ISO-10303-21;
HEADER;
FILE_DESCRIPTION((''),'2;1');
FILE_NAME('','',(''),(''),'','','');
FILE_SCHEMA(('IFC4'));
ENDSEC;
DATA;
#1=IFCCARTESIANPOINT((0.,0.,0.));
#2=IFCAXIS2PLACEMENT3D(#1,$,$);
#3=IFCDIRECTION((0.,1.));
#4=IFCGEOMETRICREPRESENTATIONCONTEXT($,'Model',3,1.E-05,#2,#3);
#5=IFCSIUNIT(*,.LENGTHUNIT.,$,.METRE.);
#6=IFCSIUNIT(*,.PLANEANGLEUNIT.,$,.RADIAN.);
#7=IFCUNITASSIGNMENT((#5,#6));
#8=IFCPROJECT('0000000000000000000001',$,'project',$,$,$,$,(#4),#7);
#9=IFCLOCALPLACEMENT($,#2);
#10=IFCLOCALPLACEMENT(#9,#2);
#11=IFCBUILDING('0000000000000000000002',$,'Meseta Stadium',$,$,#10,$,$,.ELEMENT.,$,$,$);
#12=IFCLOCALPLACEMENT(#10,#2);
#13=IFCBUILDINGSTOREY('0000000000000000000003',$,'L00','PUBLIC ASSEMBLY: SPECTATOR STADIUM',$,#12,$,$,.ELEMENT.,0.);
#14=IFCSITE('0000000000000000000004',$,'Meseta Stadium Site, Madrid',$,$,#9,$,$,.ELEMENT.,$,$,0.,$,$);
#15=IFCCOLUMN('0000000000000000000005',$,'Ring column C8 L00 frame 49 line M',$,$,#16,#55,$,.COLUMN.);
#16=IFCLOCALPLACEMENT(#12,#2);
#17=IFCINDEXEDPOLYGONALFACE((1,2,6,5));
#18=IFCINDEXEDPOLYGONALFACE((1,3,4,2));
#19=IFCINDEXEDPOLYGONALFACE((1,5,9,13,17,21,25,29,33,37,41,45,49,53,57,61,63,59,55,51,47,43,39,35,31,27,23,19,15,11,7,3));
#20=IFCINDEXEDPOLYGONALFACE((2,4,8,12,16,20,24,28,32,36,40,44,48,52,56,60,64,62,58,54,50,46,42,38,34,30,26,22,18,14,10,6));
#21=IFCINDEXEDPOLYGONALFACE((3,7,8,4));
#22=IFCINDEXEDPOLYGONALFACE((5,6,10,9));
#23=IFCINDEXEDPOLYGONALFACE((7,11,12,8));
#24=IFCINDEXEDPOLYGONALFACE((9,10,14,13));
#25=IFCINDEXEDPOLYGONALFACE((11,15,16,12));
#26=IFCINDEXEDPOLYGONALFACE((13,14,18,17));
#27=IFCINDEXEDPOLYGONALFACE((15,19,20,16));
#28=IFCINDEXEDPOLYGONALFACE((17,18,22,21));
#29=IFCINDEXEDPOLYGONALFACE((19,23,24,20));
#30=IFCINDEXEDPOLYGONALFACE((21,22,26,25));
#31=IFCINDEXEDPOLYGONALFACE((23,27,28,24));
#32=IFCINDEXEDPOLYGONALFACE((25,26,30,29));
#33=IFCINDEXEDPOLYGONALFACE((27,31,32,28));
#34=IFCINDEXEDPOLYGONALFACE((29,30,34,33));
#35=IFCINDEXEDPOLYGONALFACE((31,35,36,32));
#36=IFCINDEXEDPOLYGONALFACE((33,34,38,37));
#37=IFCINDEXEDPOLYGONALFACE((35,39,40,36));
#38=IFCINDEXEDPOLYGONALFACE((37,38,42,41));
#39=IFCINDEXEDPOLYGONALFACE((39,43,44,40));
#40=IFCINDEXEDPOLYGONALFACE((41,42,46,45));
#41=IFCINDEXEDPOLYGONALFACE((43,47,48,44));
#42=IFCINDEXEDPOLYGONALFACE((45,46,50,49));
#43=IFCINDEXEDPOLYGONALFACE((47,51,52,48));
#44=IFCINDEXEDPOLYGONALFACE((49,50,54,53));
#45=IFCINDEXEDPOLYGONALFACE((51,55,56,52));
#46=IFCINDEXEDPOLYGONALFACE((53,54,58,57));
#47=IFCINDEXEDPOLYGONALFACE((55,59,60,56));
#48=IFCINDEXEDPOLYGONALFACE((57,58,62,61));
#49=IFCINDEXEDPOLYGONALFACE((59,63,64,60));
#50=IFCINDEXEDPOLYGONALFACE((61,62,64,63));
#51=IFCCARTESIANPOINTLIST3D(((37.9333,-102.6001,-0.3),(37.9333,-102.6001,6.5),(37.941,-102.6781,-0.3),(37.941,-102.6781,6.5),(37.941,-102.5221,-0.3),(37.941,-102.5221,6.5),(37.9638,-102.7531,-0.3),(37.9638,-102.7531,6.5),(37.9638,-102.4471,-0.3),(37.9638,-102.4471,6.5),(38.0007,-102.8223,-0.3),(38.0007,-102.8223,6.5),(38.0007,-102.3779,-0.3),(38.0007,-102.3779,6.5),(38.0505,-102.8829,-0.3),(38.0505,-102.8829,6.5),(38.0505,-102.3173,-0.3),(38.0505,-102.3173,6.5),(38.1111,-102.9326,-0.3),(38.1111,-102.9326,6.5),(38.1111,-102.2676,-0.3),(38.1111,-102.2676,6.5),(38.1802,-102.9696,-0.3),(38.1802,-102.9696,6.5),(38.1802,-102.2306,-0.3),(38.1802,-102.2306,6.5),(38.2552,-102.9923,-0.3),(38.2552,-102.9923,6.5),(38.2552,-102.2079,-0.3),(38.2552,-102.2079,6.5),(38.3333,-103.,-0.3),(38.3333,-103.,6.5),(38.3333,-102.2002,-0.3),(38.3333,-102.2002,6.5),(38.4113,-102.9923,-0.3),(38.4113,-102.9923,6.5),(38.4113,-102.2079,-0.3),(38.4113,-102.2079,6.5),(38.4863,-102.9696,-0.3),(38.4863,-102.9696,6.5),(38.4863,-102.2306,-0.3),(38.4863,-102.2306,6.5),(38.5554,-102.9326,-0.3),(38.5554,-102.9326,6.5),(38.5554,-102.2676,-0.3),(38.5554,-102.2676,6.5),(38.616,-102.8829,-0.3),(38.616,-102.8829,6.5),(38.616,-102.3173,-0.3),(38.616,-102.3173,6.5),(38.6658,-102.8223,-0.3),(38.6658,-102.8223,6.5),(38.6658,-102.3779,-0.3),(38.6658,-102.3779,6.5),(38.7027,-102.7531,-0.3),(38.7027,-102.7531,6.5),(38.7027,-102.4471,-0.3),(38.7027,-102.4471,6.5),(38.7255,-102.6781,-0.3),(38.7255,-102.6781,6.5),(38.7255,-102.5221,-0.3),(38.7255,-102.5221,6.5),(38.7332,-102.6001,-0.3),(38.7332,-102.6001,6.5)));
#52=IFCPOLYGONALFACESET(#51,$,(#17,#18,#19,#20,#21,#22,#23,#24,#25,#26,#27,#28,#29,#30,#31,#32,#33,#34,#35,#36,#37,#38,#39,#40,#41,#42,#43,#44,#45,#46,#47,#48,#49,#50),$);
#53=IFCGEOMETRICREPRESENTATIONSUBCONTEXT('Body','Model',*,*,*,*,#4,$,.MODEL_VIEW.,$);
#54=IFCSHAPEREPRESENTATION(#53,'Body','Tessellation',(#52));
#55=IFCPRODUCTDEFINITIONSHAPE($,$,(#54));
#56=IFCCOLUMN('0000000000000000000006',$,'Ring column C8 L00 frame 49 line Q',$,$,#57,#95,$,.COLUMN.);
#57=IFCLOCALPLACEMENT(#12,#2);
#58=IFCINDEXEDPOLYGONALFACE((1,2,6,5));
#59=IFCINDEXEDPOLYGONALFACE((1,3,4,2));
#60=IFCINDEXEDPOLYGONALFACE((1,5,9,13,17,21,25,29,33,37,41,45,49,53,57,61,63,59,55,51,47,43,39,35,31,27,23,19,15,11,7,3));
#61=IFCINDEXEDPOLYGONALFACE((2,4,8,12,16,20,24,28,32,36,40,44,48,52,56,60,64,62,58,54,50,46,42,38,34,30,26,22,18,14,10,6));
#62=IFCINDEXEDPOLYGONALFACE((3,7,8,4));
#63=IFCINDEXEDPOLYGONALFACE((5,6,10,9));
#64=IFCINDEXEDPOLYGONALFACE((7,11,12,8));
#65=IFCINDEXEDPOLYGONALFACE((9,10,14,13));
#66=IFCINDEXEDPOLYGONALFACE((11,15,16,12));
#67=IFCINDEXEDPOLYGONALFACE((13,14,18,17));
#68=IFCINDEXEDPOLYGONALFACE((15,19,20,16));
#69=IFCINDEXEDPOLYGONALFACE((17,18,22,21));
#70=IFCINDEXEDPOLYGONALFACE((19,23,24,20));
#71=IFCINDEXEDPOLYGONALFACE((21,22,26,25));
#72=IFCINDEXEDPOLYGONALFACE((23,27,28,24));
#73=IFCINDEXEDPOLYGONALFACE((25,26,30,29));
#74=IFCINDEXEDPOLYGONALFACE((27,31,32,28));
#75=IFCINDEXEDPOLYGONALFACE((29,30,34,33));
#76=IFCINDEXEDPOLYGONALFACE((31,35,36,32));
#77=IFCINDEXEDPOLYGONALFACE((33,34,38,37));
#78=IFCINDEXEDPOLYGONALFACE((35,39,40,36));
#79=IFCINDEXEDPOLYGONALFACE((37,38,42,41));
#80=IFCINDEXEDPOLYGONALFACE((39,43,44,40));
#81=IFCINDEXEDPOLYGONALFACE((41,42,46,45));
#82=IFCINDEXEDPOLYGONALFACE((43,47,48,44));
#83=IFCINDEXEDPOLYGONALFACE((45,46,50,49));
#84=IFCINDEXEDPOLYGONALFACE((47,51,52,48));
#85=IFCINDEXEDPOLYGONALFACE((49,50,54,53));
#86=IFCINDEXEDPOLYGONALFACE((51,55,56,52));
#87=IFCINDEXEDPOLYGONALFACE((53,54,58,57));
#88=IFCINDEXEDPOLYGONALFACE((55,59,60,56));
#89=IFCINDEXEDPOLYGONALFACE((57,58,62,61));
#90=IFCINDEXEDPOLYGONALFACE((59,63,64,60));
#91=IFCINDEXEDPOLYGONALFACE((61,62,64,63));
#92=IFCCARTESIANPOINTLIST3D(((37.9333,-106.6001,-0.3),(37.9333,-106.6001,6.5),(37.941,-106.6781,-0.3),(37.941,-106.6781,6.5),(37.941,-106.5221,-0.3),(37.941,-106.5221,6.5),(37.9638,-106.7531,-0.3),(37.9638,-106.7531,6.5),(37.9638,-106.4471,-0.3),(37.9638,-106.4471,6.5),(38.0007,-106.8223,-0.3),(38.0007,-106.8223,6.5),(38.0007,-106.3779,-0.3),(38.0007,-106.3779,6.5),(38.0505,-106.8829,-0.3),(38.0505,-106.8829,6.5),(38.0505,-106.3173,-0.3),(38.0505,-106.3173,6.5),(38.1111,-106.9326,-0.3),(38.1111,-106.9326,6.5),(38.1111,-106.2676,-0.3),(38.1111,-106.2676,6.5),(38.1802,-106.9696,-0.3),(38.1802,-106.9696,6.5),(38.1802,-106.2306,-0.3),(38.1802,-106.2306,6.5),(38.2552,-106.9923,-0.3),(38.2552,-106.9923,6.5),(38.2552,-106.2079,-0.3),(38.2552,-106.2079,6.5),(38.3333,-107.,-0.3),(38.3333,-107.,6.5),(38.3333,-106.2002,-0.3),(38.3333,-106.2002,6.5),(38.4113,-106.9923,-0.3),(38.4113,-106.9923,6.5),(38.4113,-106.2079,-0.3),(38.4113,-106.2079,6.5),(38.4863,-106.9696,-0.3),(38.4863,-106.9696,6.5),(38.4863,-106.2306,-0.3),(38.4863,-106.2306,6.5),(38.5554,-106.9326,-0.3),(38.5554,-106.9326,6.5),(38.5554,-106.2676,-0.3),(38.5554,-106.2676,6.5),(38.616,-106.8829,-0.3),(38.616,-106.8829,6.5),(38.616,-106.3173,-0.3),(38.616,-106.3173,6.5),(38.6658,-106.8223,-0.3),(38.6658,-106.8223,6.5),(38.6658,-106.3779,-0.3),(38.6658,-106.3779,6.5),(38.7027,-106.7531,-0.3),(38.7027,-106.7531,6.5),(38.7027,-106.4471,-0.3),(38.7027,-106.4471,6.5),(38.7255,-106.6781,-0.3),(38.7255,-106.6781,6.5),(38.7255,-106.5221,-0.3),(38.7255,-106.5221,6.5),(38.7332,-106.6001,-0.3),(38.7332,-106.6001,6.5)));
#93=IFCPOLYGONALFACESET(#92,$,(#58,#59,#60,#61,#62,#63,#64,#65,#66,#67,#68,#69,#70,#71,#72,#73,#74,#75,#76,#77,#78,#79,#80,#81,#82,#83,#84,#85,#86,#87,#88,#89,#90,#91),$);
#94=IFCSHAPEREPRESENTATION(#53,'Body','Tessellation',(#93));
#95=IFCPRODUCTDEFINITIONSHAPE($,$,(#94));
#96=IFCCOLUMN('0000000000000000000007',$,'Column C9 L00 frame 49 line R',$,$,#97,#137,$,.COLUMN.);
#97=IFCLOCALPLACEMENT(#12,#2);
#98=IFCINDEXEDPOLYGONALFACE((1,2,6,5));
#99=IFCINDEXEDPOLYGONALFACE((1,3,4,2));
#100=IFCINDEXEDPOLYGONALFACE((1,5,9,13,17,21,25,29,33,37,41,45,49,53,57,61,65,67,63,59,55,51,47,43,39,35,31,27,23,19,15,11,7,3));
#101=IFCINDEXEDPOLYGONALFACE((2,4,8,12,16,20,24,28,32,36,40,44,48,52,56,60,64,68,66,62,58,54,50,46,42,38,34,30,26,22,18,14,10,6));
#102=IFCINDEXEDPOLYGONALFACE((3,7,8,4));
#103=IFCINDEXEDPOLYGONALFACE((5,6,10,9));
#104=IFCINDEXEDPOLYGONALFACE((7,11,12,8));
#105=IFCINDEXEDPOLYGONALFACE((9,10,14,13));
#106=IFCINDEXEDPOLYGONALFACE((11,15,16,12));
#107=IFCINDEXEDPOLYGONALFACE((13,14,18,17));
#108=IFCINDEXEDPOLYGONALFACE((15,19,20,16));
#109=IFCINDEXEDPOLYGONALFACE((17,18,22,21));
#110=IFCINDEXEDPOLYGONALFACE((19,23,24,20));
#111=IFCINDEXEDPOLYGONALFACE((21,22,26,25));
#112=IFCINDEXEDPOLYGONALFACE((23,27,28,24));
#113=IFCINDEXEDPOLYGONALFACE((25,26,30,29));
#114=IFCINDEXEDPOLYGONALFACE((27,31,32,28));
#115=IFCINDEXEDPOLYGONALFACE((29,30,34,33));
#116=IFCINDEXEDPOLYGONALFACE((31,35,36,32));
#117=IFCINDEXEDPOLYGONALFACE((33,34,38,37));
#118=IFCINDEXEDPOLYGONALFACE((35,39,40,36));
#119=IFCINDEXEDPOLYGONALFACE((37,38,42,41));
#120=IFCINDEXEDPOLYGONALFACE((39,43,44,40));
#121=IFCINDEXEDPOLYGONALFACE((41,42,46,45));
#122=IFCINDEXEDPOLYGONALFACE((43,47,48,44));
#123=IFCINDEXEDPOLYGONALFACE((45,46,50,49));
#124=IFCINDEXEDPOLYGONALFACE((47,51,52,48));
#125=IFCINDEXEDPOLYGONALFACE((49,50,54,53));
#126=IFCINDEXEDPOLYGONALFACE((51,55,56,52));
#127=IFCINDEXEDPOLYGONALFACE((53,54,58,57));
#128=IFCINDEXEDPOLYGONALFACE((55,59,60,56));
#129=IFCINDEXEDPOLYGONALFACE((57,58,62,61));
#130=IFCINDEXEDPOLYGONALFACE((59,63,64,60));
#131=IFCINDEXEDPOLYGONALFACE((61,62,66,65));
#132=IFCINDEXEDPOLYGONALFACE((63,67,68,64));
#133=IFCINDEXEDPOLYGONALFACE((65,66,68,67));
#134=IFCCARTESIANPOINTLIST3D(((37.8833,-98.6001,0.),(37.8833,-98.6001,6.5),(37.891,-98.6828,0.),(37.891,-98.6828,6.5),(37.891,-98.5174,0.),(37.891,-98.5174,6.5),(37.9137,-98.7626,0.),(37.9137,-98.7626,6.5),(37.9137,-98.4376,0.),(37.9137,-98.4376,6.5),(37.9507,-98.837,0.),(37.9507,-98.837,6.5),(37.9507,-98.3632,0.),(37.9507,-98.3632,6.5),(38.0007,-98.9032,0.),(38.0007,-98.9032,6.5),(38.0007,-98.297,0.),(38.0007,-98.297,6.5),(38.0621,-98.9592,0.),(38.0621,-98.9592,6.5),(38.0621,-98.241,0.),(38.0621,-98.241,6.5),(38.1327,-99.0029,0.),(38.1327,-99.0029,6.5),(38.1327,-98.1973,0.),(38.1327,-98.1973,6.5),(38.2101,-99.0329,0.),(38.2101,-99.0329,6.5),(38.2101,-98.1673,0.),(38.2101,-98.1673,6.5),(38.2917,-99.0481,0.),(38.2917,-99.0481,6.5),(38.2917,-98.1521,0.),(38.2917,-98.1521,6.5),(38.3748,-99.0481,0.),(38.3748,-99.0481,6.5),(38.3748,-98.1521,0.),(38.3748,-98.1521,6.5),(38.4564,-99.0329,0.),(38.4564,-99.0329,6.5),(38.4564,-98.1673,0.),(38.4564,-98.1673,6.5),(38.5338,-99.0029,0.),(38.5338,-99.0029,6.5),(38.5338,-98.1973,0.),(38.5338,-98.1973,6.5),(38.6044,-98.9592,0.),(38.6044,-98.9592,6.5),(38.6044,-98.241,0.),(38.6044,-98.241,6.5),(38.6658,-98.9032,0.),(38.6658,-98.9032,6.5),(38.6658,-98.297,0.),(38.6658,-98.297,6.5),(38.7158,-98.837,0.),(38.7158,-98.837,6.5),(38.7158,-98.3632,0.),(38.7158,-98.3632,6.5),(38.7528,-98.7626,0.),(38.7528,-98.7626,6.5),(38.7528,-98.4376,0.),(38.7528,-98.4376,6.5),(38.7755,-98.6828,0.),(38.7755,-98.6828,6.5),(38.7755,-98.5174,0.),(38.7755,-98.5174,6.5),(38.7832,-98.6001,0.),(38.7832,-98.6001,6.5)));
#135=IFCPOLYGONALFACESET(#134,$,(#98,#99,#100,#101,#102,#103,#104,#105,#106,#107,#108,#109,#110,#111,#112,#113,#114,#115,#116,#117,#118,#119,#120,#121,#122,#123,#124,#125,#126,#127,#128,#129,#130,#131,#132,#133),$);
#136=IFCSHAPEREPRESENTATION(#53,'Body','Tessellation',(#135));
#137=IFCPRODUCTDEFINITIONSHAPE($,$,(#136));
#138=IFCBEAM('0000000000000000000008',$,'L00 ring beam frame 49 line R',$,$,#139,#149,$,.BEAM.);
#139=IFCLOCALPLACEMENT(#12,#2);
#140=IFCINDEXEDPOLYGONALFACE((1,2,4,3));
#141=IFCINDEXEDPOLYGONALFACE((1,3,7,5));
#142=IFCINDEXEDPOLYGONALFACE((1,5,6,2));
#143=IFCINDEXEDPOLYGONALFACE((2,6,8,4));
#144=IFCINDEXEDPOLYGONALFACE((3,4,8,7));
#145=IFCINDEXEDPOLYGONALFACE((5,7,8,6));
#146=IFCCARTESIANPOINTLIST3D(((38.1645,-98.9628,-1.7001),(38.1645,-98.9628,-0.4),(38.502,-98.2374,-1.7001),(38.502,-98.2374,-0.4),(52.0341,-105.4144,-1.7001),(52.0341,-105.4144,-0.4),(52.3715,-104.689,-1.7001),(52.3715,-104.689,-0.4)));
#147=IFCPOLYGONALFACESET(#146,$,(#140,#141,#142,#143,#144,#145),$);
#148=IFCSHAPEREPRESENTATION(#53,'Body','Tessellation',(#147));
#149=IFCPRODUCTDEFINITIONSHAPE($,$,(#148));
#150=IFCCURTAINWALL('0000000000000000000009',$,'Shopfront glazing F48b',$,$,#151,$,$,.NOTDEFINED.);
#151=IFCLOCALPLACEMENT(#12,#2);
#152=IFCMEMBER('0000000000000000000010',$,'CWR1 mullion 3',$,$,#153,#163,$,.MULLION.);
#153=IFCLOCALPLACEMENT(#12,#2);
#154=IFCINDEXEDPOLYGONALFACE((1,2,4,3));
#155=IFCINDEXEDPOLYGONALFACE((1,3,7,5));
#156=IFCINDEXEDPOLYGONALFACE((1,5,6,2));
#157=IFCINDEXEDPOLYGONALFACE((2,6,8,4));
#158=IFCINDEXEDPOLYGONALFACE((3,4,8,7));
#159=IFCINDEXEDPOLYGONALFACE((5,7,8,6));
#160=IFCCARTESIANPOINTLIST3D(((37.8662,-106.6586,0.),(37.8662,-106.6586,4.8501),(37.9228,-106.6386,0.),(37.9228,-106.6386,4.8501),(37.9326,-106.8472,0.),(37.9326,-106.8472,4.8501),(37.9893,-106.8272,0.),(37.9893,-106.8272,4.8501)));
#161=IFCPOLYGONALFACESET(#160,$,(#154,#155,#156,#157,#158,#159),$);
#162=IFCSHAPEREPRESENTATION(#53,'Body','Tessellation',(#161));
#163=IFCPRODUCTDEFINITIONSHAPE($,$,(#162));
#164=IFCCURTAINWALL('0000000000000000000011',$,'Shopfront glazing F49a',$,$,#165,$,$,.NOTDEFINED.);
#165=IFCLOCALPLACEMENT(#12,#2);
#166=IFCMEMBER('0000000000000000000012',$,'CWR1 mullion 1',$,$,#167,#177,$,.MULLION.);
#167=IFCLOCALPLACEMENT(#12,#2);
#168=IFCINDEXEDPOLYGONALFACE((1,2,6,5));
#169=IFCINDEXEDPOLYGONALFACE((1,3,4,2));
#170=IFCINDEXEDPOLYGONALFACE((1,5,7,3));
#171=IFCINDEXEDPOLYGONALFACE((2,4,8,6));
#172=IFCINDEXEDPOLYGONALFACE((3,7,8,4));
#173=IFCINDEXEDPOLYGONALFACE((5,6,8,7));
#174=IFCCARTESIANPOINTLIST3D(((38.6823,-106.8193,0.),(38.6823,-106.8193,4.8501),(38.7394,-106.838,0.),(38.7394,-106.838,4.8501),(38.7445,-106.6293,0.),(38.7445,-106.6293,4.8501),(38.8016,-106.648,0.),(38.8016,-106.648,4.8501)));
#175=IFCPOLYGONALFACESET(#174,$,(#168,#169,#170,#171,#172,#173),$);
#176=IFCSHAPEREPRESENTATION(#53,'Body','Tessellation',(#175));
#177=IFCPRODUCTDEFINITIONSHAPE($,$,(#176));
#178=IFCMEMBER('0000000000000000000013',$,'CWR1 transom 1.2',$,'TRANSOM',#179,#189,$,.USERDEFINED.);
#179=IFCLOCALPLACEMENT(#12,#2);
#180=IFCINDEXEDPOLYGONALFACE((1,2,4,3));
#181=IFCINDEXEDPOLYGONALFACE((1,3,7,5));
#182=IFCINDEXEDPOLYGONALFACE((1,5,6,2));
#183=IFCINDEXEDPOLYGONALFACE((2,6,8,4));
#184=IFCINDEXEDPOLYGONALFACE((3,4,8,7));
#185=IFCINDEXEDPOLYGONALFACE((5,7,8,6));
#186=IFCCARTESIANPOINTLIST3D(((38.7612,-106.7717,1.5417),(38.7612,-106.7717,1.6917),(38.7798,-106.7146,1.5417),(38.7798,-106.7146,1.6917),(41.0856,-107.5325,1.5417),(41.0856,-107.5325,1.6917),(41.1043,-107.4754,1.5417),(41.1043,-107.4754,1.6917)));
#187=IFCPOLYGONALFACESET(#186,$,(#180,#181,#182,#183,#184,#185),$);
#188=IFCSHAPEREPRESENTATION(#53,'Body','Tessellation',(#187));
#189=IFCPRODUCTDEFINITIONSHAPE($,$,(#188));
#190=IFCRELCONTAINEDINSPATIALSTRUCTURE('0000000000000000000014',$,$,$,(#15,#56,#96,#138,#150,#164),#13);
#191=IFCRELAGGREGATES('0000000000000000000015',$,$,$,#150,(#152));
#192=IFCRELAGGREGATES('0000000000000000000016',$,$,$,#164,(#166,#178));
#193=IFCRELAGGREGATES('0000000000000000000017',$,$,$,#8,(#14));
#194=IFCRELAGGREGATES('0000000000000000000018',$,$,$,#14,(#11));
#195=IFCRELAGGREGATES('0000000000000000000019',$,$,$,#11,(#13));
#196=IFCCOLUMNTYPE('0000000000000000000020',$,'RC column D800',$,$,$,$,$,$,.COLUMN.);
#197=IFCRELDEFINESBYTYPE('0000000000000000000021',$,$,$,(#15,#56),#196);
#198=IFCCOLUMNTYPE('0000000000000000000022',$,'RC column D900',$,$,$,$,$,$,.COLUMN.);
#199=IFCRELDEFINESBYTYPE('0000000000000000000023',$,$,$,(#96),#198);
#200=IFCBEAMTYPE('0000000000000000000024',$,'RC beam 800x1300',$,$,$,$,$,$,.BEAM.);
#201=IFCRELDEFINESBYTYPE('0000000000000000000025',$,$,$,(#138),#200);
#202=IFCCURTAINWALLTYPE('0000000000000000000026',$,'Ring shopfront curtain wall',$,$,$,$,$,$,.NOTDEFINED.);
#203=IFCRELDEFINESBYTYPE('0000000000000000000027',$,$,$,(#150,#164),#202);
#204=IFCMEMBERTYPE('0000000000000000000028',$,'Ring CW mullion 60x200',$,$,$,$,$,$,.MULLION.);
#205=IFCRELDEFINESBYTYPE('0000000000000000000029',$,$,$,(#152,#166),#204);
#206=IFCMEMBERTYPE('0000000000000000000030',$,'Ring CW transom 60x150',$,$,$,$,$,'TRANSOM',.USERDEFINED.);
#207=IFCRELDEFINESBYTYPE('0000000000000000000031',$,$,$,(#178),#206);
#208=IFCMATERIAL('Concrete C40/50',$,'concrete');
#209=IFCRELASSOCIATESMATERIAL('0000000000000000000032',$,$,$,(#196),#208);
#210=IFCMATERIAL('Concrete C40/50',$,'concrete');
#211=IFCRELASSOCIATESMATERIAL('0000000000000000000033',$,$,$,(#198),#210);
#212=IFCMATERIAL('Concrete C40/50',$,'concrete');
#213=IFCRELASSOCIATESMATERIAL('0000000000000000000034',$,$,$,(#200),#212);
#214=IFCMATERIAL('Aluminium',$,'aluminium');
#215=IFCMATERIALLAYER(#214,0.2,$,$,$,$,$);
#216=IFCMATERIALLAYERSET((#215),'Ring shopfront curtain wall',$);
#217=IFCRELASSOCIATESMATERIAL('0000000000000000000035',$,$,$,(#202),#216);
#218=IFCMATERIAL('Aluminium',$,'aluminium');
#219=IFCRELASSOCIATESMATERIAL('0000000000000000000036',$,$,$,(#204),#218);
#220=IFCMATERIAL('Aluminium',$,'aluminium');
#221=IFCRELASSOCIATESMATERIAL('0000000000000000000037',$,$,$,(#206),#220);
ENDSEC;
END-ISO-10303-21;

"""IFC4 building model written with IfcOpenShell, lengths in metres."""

from ifc_helpers import new_model, si_unit, direction, frame, origin, origin_2d, place, context, subcontext, project, spatial, rectangle, circle, extrude, material, layer, layer_set, material_profile, profile_set, type_object, element, aggregate, save


model = new_model("IFC4")

# Units and contexts
model_context = context("Model", 3, precision=1e-05, world=origin(), true_north=direction((0.0, 1.0)))
body_context = subcontext(model_context, "Body", "Model", "MODEL_VIEW")
ifc_project = project(units=[si_unit("LENGTHUNIT", "METRE"), si_unit("PLANEANGLEUNIT", "RADIAN")], contexts=[model_context])

# Site, building, storey
site_placement = place(None, origin())
site = spatial("IfcSite", under=ifc_project, at=site_placement, Name="Meseta Stadium Site, Madrid", CompositionType="ELEMENT", RefElevation=0.0)
building_placement = place(site_placement, origin())
building = spatial("IfcBuilding", under=site, at=building_placement, Name="Meseta Stadium", CompositionType="ELEMENT")
storey_placement = place(building_placement, origin())
storey = spatial("IfcBuildingStorey", under=building, at=storey_placement, Name="L00", Description="PUBLIC ASSEMBLY: SPECTATOR STADIUM", CompositionType="ELEMENT", Elevation=0.0)

# Columns
ifc_material_1 = material(Name="Concrete C40/50", Category="concrete")
ifc_material_profile_1 = material_profile(ifc_material_1, circle(Radius=0.3999, at=origin_2d()), Name="RC D800")
ifc_profile_set_1 = profile_set([ifc_material_profile_1], Name="Concrete C40/50")
column_type_1 = type_object("IfcColumnType", Name="RC column D800", PredefinedType="COLUMN", material=ifc_profile_set_1)
for number, where, z_axis, x_axis, name in (
    (1, (38.3333, -102.6001, -0.3), (0.0, 0.0, 1.0), (1.0, 0.0, 0.0), "Ring column C8 L00 frame 49 line M"),
    (2, (38.3333, -106.6001, -0.3), (0.0, 0.0, 1.0), (1.0, 0.0, 0.0), "Ring column C8 L00 frame 49 line Q"),
):
    element("IfcColumn", number, at=place(storey_placement, frame(where, z_axis=z_axis, x_axis=x_axis)), inside=storey, type_object=column_type_1, Name=name, PredefinedType="COLUMN", context=body_context, shape_type="SweptSolid", body=[
        extrude(circle(Radius=0.3999, at=origin_2d()), origin(), (0.0, 0.0, 1.0), 6.8),
    ])
ifc_material_2 = material(Name="Concrete C40/50", Category="concrete")
ifc_material_profile_2 = material_profile(ifc_material_2, circle(Radius=0.45, at=origin_2d()), Name="RC D900")
ifc_profile_set_2 = profile_set([ifc_material_profile_2], Name="Concrete C40/50")
column_type_2 = type_object("IfcColumnType", Name="RC column D900", PredefinedType="COLUMN", material=ifc_profile_set_2)
column_placement = place(storey_placement, frame((38.3333, -98.6001, 0.0), z_axis=(0.0, 0.0, 1.0), x_axis=(1.0, 0.0, 0.0)))
element("IfcColumn", 3, at=column_placement, inside=storey, type_object=column_type_2, Name="Column C9 L00 frame 49 line R", PredefinedType="COLUMN", context=body_context, shape_type="SweptSolid", body=[
    extrude(circle(Radius=0.45, at=origin_2d()), origin(), (0.0, 0.0, 1.0), 6.5),
])

# Beam
ifc_material_3 = material(Name="Concrete C40/50", Category="concrete")
ifc_material_profile_3 = material_profile(ifc_material_3, rectangle(XDim=0.8, YDim=1.3, at=origin_2d()), Name="RC 800x1300")
ifc_profile_set_3 = profile_set([ifc_material_profile_3], Name="Concrete C40/50")
beam_type = type_object("IfcBeamType", Name="RC beam 800x1300", PredefinedType="BEAM", material=ifc_profile_set_3)
beam_placement = place(storey_placement, frame((38.3333, -98.6001, -1.05), z_axis=(0.906704, -0.421767, 0.0), x_axis=(0.421767, 0.906704, 0.0)))
element("IfcBeam", 4, at=beam_placement, inside=storey, type_object=beam_type, Name="L00 ring beam frame 49 line R", PredefinedType="BEAM", context=body_context, shape_type="SweptSolid", body=[
    extrude(rectangle(XDim=0.8, YDim=1.3, at=origin_2d()), origin(), (0.0, 0.0, 1.0), 15.2966),
])

# Curtain wall, member
ifc_material_4 = material(Name="Aluminium", Category="aluminium")
ifc_layer_1 = layer(ifc_material_4, 0.2)
ifc_layer_set_1 = layer_set([ifc_layer_1], Name="Ring shopfront curtain wall")
curtain_wall_type = type_object("IfcCurtainWallType", Name="Ring shopfront curtain wall", PredefinedType="NOTDEFINED", material=ifc_layer_set_1)
curtain_wall_1_placement = place(storey_placement, origin())
curtain_wall_1 = element("IfcCurtainWall", 5, at=curtain_wall_1_placement, inside=storey, type_object=curtain_wall_type, Name="Shopfront glazing F48b", PredefinedType="NOTDEFINED")
ifc_material_5 = material(Name="Aluminium", Category="aluminium")
ifc_material_profile_4 = material_profile(ifc_material_5, rectangle(XDim=0.2, YDim=0.0601, at=origin_2d()), Name="CW 200x60")
ifc_profile_set_4 = profile_set([ifc_material_profile_4], Name="Aluminium")
member_type_1 = type_object("IfcMemberType", Name="Ring CW mullion 60x200", PredefinedType="MULLION", material=ifc_profile_set_4)
member_1_placement = place(storey_placement, frame((37.9277, -106.7429, 0.0), z_axis=(0.0, 0.0, 1.0), x_axis=(-0.33217, 0.94322, 0.0)))
member_1 = element("IfcMember", 6, at=member_1_placement, type_object=member_type_1, Name="CWR1 mullion 3", PredefinedType="MULLION", context=body_context, shape_type="SweptSolid", body=[
    extrude(rectangle(XDim=0.2, YDim=0.0601, at=origin_2d()), origin(), (0.0, 0.0, 1.0), 4.8501),
])
aggregate(curtain_wall_1, [member_1])

# Curtain wall, members
curtain_wall_2_placement = place(storey_placement, origin())
curtain_wall_2 = element("IfcCurtainWall", 7, at=curtain_wall_2_placement, inside=storey, type_object=curtain_wall_type, Name="Shopfront glazing F49a", PredefinedType="NOTDEFINED")
member_2_placement = place(storey_placement, frame((38.7419, -106.7336, 0.0), z_axis=(0.0, 0.0, 1.0), x_axis=(0.311059, 0.950391, 0.0)))
member_2 = element("IfcMember", 8, at=member_2_placement, type_object=member_type_1, Name="CWR1 mullion 1", PredefinedType="MULLION", context=body_context, shape_type="SweptSolid", body=[
    extrude(rectangle(XDim=0.2, YDim=0.0601, at=origin_2d()), origin(), (0.0, 0.0, 1.0), 4.8501),
])
ifc_material_6 = material(Name="Aluminium", Category="aluminium")
ifc_material_profile_5 = material_profile(ifc_material_6, rectangle(XDim=0.0601, YDim=0.1499, at=origin_2d()), Name="CW 60x150")
ifc_profile_set_5 = profile_set([ifc_material_profile_5], Name="Aluminium")
member_type_2 = type_object("IfcMemberType", Name="Ring CW transom 60x150", ElementType="TRANSOM", PredefinedType="USERDEFINED", material=ifc_profile_set_5)
member_3_placement = place(storey_placement, frame((38.7705, -106.7432, 1.6167), z_axis=(0.950396, -0.311042, 0.0), x_axis=(0.311042, 0.950396, 0.0)))
member_3 = element("IfcMember", 9, at=member_3_placement, type_object=member_type_2, Name="CWR1 transom 1.2", ObjectType="TRANSOM", PredefinedType="USERDEFINED", context=body_context, shape_type="SweptSolid", body=[
    extrude(rectangle(XDim=0.0601, YDim=0.1499, at=origin_2d()), origin(), (0.0, 0.0, 1.0), 2.4458),
])
aggregate(curtain_wall_2, [member_2, member_3])

save(model, "model.ifc")
